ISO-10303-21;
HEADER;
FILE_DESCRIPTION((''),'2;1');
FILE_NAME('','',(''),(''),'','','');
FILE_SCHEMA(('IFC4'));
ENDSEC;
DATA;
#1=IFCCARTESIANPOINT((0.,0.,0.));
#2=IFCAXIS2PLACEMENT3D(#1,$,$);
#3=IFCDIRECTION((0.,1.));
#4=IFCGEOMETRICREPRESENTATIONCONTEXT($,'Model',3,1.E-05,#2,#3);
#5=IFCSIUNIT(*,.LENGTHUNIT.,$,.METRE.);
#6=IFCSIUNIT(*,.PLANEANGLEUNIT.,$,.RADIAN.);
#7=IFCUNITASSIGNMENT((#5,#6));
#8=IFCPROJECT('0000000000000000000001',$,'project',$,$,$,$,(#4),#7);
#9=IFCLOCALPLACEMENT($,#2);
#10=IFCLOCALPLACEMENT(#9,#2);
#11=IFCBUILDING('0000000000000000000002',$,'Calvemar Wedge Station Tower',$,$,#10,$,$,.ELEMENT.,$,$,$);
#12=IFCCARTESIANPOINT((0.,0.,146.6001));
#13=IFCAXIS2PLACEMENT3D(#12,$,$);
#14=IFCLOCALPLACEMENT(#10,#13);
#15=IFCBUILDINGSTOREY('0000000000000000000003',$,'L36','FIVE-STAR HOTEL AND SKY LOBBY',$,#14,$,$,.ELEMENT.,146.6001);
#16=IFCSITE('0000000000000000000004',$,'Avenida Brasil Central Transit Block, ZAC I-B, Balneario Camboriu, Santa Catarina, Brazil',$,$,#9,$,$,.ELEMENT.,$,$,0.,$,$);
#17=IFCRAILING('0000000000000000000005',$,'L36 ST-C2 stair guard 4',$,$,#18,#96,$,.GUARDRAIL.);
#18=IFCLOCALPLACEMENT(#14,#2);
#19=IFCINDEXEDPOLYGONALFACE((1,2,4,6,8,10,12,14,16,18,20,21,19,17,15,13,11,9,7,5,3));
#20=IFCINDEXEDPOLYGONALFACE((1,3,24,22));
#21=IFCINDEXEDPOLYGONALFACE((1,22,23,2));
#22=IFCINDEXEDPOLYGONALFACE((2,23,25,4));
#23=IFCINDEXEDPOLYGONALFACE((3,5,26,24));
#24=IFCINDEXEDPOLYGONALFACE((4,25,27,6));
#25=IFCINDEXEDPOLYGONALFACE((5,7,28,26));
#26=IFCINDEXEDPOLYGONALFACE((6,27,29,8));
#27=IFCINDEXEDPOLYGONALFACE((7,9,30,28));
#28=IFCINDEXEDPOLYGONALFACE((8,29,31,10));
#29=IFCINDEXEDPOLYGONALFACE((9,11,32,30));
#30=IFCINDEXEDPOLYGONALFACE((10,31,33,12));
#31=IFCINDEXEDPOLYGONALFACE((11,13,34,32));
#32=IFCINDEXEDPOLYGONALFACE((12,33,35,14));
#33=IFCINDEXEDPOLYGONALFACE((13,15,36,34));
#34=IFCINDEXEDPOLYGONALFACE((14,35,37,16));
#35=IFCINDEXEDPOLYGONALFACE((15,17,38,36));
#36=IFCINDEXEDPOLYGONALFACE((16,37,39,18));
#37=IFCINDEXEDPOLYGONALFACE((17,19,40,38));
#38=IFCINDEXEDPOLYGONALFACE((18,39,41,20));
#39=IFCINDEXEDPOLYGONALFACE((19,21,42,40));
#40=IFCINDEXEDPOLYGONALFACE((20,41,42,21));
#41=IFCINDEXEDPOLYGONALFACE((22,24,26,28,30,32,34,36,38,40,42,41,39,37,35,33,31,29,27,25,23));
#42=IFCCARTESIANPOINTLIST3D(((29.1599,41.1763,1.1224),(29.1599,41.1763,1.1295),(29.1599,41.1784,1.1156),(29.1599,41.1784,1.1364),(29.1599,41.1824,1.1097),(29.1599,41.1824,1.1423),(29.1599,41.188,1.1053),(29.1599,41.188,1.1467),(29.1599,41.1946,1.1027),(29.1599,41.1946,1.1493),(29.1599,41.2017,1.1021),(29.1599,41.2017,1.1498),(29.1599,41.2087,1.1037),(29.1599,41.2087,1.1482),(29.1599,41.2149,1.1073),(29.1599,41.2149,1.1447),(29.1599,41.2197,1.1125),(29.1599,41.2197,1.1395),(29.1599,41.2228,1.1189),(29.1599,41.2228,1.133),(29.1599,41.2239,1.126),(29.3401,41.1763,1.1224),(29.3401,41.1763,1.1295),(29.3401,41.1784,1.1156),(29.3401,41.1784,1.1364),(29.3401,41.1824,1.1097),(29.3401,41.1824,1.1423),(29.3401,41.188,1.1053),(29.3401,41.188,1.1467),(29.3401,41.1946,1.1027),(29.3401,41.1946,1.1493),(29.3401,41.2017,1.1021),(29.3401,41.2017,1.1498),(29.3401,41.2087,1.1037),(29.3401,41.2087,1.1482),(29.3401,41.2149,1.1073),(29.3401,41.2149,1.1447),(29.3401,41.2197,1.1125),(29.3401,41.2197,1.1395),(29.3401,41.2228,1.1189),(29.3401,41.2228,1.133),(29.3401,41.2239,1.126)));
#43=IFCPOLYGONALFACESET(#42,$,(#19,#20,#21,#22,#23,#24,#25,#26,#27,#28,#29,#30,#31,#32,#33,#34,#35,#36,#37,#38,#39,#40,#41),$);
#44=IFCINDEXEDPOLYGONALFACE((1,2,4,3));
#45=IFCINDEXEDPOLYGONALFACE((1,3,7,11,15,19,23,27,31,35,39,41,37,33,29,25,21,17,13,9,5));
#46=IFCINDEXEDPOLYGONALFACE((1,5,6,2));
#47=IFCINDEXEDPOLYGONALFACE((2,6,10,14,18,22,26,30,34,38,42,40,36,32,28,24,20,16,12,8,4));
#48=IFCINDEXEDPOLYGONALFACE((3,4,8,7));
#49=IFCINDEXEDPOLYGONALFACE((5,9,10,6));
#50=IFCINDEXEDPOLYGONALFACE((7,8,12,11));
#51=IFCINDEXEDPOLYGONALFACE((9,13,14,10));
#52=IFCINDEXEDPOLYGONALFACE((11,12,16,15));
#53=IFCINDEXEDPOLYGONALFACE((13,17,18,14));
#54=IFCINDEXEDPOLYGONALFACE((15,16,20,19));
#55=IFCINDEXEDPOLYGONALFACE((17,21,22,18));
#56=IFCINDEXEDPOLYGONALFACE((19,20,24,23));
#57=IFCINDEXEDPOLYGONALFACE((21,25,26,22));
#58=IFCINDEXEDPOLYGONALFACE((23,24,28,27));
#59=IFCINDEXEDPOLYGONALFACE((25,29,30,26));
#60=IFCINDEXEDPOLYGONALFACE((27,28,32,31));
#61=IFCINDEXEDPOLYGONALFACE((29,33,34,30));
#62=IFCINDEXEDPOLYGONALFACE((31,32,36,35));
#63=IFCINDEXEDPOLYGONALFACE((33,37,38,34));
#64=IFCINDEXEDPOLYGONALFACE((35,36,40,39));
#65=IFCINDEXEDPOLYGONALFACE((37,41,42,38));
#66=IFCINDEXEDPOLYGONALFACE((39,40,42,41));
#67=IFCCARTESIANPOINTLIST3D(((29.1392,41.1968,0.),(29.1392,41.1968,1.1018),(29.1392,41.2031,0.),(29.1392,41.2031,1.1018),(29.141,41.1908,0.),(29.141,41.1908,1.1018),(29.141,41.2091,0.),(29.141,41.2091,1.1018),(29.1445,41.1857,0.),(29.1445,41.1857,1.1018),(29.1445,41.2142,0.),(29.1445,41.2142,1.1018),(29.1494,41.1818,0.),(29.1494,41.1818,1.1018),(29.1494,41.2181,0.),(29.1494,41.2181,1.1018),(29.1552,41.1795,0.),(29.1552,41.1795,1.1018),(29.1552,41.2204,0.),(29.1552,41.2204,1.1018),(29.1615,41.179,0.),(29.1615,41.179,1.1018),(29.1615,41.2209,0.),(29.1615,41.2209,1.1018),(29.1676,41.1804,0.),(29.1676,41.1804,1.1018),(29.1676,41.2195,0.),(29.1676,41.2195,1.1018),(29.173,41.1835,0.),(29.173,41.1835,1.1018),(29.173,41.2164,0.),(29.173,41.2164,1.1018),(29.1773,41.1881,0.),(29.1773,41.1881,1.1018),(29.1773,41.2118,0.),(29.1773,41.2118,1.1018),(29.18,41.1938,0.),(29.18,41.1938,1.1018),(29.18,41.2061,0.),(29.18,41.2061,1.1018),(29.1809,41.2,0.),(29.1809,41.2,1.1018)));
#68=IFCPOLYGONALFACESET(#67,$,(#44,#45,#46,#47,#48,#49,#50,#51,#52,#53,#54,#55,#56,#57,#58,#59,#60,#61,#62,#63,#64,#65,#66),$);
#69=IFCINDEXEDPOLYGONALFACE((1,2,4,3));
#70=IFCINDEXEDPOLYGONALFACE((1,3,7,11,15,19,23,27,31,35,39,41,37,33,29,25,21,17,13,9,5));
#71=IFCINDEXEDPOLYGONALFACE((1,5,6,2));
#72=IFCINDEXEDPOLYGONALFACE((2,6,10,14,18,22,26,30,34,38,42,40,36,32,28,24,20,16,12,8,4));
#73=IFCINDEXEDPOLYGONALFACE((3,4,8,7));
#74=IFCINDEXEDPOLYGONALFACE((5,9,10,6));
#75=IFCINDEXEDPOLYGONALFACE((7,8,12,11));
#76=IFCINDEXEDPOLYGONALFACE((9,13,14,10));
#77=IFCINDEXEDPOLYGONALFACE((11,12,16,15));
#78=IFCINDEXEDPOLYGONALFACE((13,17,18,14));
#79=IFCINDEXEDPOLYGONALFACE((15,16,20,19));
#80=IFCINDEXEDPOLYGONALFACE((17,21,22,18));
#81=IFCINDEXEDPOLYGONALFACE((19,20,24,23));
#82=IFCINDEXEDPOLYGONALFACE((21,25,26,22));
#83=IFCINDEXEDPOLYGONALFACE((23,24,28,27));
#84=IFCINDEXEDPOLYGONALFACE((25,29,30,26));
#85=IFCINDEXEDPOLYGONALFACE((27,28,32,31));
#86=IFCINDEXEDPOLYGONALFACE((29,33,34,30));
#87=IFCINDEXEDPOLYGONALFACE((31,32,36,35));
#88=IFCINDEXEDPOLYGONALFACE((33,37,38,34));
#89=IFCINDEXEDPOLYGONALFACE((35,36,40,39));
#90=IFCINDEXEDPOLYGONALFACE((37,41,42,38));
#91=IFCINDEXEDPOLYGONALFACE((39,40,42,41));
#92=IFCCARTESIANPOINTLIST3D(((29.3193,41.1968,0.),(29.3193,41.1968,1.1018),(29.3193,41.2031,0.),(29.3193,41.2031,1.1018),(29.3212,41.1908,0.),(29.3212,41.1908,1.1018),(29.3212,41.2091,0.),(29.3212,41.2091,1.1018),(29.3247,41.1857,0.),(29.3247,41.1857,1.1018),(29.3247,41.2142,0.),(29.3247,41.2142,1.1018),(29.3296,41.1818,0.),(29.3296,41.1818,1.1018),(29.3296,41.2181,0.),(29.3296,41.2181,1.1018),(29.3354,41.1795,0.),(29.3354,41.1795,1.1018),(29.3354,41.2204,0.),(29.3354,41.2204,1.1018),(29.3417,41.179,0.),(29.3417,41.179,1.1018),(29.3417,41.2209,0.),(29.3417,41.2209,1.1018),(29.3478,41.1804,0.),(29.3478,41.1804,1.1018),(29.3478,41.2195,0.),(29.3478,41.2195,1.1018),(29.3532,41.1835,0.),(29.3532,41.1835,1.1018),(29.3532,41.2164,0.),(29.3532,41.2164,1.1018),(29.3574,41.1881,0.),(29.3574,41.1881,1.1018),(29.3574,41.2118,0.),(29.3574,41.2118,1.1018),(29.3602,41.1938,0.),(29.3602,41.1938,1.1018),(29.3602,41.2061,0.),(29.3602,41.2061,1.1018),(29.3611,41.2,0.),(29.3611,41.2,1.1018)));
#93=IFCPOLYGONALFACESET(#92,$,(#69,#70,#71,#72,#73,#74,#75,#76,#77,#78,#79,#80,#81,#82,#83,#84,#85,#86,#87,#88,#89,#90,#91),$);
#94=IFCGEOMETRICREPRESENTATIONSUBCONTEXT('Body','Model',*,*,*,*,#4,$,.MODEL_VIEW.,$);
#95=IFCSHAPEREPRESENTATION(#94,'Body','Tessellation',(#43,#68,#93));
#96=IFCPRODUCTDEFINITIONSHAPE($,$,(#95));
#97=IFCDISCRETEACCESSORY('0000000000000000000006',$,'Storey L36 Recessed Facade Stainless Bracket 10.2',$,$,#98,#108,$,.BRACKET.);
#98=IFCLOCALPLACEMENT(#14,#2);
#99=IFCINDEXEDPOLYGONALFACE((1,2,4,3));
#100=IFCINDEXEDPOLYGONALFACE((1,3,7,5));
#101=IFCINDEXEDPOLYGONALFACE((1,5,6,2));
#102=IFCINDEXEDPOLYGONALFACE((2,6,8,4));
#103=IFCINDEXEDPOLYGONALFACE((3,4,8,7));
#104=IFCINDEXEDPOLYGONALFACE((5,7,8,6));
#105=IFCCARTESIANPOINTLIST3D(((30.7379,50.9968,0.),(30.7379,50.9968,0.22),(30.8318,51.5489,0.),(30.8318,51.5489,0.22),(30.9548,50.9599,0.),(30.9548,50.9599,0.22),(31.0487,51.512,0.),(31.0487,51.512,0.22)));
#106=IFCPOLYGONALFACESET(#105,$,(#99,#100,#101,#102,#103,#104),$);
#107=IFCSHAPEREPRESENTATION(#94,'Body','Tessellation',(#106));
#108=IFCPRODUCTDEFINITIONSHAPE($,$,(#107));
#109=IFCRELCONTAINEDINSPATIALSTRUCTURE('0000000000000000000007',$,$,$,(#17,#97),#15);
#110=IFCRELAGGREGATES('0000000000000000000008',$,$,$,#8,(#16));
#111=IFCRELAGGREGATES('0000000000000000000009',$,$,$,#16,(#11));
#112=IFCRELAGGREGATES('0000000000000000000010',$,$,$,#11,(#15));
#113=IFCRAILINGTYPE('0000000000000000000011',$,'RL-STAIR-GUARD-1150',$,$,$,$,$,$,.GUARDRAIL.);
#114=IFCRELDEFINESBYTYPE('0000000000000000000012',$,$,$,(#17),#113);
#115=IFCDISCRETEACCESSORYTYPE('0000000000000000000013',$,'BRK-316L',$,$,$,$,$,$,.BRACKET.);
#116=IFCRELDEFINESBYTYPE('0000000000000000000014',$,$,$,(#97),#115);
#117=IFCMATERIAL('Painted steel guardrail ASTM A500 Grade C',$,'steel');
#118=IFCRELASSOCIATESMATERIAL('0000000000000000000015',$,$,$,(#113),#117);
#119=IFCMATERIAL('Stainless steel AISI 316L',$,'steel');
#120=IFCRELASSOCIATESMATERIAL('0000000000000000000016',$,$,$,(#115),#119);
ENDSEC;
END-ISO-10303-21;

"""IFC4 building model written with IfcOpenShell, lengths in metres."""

from ifc_helpers import new_model, si_unit, direction, frame, origin, origin_2d, place, context, subcontext, project, spatial, rectangle, circle, extrude, source, transform, mapped, material, type_object, element, save


model = new_model("IFC4")

# Units and contexts
model_context = context("Model", 3, precision=1e-05, world=origin(), true_north=direction((0.0, 1.0)))
body_context = subcontext(model_context, "Body", "Model", "MODEL_VIEW")
ifc_project = project(units=[si_unit("LENGTHUNIT", "METRE"), si_unit("PLANEANGLEUNIT", "RADIAN")], contexts=[model_context])

# Site, building, storey
site_placement = place(None, origin())
site = spatial("IfcSite", under=ifc_project, at=site_placement, Name="Avenida Brasil Central Transit Block, ZAC I-B, Balneario Camboriu, Santa Catarina, Brazil", CompositionType="ELEMENT", RefElevation=0.0)
building_placement = place(site_placement, origin())
building = spatial("IfcBuilding", under=site, at=building_placement, Name="Calvemar Wedge Station Tower", CompositionType="ELEMENT")
storey_placement = place(building_placement, frame((0.0, 0.0, 146.6001)))
storey = spatial("IfcBuildingStorey", under=building, at=storey_placement, Name="L36", Description="FIVE-STAR HOTEL AND SKY LOBBY", CompositionType="ELEMENT", Elevation=146.6001)

# Railing
ifc_material_1 = material(Name="Painted steel guardrail ASTM A500 Grade C", Category="steel")
railing_type = type_object("IfcRailingType", Name="RL-STAIR-GUARD-1150", PredefinedType="GUARDRAIL", material=ifc_material_1)
railing_1_placement = place(storey_placement, frame((29.1599, 41.2, 0.0)))
element("IfcRailing", 1, at=railing_1_placement, inside=storey, type_object=railing_type, Name="L36 ST-C2 stair guard 4", PredefinedType="GUARDRAIL", context=body_context, shape_type="SweptSolid", body=[
    extrude(circle(Radius=0.0239, at=origin_2d()), frame((0.0, 0.0, 1.126), z_axis=(1.0, 0.0, 0.0), x_axis=(0.0, 1.0, 0.0)), (0.0, 0.0, 1.0), 0.1802),
    extrude(circle(Radius=0.021, at=origin_2d()), origin(), (0.0, 0.0, 1.0), 1.1018),
    extrude(circle(Radius=0.021, at=origin_2d()), frame((0.1802, 0.0, 0.0)), (0.0, 0.0, 1.0), 1.1018),
])

# Discrete accessory
ifc_material_2 = material(Name="Stainless steel AISI 316L", Category="steel")
discrete_accessory_type = type_object("IfcDiscreteAccessoryType", Name="BRK-316L", PredefinedType="BRACKET", material=ifc_material_2)
shared_shape_1 = source(origin(), body_context, "Body", "SweptSolid", [
    extrude(rectangle(XDim=0.22, YDim=0.5601, at=origin_2d()), origin(), (0.0, 0.0, 1.0), 0.22),
])
discrete_accessory_placement = place(storey_placement, frame((30.8933, 51.2544, 0.0), z_axis=(0.0, 0.0, 1.0), x_axis=(-0.98585, 0.167629, 0.0)))
element("IfcDiscreteAccessory", 2, at=discrete_accessory_placement, inside=storey, type_object=discrete_accessory_type, Name="Storey L36 Recessed Facade Stainless Bracket 10.2", PredefinedType="BRACKET", context=body_context, shape_type="MappedRepresentation", body=[
    mapped(shared_shape_1, transform((0.0, 0.0, 0.0), scale=1.0)),
])

save(model, "model.ifc")
